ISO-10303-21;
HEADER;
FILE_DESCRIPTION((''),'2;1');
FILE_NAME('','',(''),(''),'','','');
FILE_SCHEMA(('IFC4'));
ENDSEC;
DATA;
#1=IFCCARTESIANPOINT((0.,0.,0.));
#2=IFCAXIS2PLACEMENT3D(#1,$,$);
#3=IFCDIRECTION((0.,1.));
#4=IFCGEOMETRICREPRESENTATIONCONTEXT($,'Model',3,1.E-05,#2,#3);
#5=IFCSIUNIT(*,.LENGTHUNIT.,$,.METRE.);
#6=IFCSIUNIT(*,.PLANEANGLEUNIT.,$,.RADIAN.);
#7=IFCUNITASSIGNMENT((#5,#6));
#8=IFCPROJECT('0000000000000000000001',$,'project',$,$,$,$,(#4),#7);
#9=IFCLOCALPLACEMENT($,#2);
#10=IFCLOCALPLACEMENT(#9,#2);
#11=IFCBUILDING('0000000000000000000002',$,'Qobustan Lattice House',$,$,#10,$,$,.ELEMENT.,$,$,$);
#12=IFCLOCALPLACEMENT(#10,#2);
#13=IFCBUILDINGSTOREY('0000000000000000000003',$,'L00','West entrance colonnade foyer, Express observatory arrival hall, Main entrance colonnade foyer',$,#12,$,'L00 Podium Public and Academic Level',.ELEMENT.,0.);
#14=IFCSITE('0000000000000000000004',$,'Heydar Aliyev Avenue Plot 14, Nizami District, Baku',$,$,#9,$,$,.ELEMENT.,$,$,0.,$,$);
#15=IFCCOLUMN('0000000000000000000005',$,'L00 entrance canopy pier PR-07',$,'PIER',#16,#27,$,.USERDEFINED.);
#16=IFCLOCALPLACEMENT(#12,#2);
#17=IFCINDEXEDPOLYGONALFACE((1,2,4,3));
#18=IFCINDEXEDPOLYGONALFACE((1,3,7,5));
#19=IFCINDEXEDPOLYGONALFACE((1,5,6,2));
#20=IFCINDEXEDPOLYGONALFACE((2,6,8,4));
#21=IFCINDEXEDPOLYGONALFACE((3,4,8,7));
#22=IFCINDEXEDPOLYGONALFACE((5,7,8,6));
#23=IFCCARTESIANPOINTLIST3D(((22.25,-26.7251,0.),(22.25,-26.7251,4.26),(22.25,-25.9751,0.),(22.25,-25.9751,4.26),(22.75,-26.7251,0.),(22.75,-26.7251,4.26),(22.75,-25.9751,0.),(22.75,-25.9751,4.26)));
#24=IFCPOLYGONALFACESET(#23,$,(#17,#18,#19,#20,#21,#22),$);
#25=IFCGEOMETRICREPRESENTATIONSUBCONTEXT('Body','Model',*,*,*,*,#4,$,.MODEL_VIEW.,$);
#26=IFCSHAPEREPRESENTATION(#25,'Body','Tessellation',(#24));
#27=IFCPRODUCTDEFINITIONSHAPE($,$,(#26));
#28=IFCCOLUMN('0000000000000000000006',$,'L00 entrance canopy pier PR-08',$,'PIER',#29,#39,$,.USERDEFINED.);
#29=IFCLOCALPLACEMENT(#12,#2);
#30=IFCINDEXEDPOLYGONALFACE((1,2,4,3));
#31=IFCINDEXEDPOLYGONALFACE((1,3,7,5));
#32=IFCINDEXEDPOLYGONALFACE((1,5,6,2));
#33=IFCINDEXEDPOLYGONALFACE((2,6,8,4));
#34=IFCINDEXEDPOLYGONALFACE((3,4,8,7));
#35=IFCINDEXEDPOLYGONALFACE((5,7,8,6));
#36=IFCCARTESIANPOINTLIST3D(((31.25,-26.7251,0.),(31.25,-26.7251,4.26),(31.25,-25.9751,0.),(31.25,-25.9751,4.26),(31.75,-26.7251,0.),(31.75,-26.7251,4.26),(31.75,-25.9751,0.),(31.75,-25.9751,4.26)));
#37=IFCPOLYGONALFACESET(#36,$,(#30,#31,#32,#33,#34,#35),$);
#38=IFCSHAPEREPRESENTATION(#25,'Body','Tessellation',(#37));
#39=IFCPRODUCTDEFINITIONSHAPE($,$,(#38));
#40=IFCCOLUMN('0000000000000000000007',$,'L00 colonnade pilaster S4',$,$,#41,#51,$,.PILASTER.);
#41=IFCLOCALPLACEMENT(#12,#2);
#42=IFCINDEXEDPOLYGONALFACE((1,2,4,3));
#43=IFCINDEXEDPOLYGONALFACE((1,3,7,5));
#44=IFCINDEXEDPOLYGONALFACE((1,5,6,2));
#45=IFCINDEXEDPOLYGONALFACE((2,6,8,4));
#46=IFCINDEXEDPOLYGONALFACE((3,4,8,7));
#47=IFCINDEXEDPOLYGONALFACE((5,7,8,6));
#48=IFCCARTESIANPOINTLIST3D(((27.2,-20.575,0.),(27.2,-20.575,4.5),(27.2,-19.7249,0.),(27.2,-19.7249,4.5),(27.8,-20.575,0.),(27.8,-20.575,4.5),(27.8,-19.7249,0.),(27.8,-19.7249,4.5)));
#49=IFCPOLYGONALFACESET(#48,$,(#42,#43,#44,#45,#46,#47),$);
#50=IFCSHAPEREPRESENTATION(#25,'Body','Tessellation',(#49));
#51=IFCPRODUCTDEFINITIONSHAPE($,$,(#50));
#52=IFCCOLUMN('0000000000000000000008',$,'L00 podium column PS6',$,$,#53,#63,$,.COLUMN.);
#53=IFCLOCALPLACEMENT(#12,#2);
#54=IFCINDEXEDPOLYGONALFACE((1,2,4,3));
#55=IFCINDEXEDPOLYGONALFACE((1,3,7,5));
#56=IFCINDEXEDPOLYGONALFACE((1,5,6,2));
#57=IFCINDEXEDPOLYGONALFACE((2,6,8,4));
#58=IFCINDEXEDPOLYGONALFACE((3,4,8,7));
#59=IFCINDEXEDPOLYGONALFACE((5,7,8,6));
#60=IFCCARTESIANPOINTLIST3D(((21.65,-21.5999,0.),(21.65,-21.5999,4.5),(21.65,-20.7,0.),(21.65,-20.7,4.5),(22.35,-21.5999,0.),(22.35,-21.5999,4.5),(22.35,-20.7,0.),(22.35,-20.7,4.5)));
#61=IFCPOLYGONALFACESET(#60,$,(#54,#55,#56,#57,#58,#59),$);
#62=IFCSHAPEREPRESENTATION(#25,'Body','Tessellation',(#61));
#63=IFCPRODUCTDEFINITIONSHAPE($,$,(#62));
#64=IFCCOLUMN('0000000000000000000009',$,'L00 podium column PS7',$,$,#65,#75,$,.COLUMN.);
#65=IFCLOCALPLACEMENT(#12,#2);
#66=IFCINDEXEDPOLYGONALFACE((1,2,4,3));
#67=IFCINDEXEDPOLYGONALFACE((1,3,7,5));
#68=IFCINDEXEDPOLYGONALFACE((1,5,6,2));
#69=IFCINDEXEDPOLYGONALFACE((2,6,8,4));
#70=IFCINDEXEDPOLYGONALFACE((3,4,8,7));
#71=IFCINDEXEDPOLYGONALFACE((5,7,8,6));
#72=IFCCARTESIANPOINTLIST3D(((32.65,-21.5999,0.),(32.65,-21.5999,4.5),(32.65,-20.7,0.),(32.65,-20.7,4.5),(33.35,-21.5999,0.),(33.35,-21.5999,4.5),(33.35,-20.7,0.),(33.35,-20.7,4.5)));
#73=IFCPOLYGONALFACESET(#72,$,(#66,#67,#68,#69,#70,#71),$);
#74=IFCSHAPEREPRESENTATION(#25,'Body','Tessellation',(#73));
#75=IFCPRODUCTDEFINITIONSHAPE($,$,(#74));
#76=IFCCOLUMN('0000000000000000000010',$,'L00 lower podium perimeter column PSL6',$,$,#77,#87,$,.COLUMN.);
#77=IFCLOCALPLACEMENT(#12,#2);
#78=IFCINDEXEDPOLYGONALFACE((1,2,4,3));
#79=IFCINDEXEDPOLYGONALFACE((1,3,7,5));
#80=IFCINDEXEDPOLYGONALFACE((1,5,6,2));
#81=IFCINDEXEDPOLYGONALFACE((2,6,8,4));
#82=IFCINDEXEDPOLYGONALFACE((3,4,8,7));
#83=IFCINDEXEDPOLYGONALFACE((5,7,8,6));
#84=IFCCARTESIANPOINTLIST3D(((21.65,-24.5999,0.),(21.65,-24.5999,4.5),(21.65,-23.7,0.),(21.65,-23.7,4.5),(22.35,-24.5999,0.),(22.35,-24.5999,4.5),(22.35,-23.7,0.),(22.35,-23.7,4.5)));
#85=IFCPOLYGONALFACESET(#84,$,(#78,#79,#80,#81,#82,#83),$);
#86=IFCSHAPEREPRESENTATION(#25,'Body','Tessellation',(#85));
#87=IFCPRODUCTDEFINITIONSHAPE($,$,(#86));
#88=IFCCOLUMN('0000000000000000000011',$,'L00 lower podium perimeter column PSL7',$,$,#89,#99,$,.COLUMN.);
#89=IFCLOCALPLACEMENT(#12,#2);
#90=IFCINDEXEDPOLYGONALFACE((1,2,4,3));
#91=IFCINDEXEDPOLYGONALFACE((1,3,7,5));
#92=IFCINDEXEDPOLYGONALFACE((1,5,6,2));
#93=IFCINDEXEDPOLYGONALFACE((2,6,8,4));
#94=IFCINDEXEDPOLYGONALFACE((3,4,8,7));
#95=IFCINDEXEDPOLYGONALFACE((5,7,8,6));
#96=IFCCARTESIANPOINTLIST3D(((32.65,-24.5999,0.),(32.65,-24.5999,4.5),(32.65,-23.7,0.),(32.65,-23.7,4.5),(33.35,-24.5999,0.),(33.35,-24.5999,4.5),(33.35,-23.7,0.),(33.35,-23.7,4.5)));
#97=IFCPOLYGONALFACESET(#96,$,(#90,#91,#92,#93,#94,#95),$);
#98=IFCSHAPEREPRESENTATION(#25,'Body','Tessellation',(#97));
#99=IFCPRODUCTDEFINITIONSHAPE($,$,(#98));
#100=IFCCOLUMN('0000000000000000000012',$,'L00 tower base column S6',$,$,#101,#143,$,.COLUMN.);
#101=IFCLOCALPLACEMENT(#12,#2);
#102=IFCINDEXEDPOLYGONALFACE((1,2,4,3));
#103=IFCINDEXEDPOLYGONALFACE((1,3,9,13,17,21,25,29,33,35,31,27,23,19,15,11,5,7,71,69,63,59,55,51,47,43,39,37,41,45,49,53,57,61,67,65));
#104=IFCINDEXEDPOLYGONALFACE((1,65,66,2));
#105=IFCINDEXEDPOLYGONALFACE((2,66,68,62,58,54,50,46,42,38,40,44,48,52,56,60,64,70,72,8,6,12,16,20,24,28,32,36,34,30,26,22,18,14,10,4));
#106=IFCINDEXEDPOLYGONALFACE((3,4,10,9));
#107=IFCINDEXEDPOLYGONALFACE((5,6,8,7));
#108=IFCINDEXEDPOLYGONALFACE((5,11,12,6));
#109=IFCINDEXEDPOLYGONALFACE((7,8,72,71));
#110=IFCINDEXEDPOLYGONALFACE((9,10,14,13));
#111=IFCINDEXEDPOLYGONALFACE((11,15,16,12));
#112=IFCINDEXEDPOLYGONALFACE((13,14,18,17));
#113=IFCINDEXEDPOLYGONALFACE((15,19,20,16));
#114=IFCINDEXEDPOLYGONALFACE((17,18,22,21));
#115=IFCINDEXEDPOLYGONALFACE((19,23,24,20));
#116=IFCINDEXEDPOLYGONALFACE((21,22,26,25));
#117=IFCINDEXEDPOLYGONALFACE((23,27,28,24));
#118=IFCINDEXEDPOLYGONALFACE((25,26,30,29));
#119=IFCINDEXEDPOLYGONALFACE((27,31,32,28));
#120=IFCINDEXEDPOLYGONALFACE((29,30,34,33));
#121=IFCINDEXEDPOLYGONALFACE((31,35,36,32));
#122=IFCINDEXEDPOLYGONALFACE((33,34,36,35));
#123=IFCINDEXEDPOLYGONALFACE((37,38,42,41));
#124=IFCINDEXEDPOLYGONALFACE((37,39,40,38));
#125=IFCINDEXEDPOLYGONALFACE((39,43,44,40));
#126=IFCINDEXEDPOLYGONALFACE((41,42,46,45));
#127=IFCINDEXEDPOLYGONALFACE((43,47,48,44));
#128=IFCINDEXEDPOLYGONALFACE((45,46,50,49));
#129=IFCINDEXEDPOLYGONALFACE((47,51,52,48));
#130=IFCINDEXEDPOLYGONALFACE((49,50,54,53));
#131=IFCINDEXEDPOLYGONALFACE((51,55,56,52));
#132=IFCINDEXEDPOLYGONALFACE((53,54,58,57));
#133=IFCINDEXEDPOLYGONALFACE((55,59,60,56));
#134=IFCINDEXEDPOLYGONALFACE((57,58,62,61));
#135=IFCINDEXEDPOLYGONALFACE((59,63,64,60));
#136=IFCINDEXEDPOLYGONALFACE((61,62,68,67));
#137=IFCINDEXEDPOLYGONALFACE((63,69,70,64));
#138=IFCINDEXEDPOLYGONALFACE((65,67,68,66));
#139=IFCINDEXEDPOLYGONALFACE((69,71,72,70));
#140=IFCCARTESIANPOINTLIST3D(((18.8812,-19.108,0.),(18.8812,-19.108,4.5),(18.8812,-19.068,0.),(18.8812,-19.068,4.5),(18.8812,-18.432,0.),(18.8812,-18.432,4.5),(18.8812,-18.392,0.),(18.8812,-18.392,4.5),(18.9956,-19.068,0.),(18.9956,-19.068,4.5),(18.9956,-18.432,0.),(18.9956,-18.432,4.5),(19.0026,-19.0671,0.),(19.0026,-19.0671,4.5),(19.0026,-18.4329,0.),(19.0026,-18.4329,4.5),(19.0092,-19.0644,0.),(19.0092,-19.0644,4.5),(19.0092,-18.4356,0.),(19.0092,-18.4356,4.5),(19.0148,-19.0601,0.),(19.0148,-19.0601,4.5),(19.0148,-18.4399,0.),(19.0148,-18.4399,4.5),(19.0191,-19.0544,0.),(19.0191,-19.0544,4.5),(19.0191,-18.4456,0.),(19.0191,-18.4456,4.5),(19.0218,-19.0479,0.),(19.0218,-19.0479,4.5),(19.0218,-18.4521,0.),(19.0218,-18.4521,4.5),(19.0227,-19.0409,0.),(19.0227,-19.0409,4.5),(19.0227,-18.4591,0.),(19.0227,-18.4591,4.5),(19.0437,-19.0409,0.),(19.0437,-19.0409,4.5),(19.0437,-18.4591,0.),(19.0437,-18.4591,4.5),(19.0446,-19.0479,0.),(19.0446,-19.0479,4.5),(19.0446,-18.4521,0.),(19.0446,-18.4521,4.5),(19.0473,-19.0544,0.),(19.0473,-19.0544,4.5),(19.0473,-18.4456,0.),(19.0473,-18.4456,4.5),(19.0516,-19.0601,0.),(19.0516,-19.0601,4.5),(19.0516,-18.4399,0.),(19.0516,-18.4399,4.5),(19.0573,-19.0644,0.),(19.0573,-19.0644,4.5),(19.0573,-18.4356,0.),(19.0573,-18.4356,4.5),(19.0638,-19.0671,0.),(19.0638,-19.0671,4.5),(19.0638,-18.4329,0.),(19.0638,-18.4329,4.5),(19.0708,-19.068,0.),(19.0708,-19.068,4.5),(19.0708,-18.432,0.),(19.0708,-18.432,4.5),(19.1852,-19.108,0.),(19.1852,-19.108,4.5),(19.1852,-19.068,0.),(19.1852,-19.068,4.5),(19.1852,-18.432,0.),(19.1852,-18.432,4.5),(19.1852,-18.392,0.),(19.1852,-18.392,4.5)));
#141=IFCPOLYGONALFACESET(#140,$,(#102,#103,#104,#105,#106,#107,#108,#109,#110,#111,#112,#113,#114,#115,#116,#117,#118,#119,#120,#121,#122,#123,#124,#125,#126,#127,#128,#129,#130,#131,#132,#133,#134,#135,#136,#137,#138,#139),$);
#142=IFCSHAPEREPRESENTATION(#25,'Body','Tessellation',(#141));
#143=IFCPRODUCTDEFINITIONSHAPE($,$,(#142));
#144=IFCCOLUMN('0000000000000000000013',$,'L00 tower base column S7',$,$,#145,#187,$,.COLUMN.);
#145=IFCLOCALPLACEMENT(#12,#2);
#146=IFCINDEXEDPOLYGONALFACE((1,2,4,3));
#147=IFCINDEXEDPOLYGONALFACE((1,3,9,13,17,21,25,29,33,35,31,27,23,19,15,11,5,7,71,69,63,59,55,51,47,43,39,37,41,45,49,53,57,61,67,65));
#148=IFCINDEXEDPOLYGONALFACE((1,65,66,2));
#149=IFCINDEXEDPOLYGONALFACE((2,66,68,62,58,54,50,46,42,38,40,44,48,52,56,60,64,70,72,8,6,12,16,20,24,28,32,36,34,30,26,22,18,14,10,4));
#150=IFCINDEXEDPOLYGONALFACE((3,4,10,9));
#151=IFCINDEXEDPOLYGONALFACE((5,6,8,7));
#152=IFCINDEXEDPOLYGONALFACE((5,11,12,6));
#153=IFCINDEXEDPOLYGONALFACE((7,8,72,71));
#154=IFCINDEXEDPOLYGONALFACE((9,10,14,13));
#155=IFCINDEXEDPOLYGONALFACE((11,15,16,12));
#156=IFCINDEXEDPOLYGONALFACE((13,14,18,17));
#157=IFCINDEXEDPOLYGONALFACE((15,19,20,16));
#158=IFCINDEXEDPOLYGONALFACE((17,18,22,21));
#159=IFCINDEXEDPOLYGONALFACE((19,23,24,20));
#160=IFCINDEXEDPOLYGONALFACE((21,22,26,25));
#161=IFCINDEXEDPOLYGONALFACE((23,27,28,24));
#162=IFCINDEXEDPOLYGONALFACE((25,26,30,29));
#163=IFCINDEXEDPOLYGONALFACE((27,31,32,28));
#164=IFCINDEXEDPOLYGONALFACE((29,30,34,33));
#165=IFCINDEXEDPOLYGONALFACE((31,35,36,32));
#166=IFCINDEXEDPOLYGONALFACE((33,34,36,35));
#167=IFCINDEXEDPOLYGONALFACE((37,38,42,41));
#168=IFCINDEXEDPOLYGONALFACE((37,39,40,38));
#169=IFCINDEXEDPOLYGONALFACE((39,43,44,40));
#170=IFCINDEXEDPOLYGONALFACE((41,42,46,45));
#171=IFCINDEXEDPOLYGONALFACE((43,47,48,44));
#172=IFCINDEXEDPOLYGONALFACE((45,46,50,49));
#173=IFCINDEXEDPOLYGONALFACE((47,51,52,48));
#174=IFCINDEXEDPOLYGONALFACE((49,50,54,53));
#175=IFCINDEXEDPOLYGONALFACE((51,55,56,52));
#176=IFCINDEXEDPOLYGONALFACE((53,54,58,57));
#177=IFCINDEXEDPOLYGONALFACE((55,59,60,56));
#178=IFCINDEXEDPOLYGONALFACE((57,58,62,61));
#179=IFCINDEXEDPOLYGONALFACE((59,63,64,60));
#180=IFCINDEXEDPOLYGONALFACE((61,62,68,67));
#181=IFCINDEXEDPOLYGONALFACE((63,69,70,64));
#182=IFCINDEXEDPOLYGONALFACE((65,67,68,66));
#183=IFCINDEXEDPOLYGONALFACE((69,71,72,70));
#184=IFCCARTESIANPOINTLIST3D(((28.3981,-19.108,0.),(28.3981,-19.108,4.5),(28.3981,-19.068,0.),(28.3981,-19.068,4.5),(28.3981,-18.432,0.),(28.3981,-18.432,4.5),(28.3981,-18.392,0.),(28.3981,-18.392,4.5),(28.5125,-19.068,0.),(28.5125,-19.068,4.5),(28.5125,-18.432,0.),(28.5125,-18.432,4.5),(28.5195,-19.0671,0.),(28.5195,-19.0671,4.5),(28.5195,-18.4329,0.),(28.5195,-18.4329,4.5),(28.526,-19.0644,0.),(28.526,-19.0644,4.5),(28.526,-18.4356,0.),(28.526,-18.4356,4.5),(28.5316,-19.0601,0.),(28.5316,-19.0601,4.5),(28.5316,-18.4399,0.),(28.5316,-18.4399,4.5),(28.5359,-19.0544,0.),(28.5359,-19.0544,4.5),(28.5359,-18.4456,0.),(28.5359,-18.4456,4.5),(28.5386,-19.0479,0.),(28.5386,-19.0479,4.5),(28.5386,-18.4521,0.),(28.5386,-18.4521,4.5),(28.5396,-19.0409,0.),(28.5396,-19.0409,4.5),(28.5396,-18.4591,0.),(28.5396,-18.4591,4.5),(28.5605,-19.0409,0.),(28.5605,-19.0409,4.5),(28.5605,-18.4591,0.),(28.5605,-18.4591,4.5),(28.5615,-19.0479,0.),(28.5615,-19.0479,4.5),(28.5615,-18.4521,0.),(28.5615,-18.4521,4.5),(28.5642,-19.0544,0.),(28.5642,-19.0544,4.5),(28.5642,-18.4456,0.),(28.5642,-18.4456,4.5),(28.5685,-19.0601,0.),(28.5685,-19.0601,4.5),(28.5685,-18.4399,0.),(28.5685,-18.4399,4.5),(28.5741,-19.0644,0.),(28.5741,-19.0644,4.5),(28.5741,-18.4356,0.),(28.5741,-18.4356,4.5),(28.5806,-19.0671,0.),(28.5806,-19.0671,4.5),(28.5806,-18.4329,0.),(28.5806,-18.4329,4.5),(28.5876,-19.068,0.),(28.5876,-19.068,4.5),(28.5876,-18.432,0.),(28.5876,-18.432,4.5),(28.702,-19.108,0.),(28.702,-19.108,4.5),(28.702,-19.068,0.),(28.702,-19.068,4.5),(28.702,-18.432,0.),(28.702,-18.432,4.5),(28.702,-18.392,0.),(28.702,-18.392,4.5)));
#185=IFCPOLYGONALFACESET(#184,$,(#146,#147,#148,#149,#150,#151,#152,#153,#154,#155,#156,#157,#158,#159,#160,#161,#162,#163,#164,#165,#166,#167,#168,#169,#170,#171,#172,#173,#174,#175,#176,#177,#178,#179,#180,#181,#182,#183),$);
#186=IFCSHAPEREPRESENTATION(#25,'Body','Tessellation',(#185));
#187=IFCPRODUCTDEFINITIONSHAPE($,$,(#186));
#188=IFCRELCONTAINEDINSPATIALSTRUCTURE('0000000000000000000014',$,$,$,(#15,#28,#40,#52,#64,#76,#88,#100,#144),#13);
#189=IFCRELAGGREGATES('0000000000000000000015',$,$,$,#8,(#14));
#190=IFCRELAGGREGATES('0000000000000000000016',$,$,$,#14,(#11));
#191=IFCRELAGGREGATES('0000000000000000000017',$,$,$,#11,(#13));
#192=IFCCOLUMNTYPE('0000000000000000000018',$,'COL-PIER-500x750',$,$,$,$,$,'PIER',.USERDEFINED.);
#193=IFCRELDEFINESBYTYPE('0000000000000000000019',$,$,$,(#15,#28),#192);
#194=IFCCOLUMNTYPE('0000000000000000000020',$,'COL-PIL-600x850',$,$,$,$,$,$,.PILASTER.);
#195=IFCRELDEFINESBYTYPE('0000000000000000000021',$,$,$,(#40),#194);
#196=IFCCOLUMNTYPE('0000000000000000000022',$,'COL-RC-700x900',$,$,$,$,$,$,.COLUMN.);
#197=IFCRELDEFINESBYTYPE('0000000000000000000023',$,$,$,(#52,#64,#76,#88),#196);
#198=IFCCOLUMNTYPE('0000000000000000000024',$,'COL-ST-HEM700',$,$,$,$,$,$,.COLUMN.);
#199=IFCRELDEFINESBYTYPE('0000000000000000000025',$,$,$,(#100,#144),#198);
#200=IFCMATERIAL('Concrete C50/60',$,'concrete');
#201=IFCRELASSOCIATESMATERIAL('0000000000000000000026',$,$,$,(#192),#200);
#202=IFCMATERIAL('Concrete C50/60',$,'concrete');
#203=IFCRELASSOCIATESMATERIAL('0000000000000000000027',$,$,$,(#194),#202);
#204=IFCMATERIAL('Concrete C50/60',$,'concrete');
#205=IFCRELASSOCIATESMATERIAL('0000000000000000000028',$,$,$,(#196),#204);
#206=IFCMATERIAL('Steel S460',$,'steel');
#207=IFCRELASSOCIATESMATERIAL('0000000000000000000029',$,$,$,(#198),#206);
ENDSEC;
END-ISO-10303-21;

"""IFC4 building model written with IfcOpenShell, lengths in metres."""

from ifc_helpers import new_model, si_unit, direction, frame, origin, origin_2d, place, context, subcontext, project, spatial, rectangle, i_section, extrude, material, material_profile, profile_set, type_object, element, save


model = new_model("IFC4")

# Units and contexts
model_context = context("Model", 3, precision=1e-05, world=origin(), true_north=direction((0.0, 1.0)))
body_context = subcontext(model_context, "Body", "Model", "MODEL_VIEW")
ifc_project = project(units=[si_unit("LENGTHUNIT", "METRE"), si_unit("PLANEANGLEUNIT", "RADIAN")], contexts=[model_context])

# Site, building, storey
site_placement = place(None, origin())
site = spatial("IfcSite", under=ifc_project, at=site_placement, Name="Heydar Aliyev Avenue Plot 14, Nizami District, Baku", CompositionType="ELEMENT", RefElevation=0.0)
building_placement = place(site_placement, origin())
building = spatial("IfcBuilding", under=site, at=building_placement, Name="Qobustan Lattice House", CompositionType="ELEMENT")
storey_placement = place(building_placement, origin())
storey = spatial("IfcBuildingStorey", under=building, at=storey_placement, Name="L00", Description="West entrance colonnade foyer, Express observatory arrival hall, Main entrance colonnade foyer", LongName="L00 Podium Public and Academic Level", CompositionType="ELEMENT", Elevation=0.0)

# Columns
ifc_material_1 = material(Name="Concrete C50/60", Category="concrete")
ifc_material_profile_1 = material_profile(ifc_material_1, rectangle(XDim=0.5, YDim=0.75, at=origin_2d()), Name="RC500x750")
ifc_profile_set_1 = profile_set([ifc_material_profile_1], Name="Concrete C50/60")
column_type_1 = type_object("IfcColumnType", Name="COL-PIER-500x750", ElementType="PIER", PredefinedType="USERDEFINED", material=ifc_profile_set_1)
for number, where, z_axis, x_axis, name in (
    (1, (22.5, -26.3501, 0.0), (0.0, 0.0, 1.0), (1.0, 0.0, 0.0), "L00 entrance canopy pier PR-07"),
    (2, (31.5, -26.3501, 0.0), (0.0, 0.0, 1.0), (1.0, 0.0, 0.0), "L00 entrance canopy pier PR-08"),
):
    element("IfcColumn", number, at=place(storey_placement, frame(where, z_axis=z_axis, x_axis=x_axis)), inside=storey, type_object=column_type_1, Name=name, ObjectType="PIER", PredefinedType="USERDEFINED", context=body_context, shape_type="SweptSolid", body=[
        extrude(rectangle(XDim=0.5, YDim=0.75, at=origin_2d()), origin(), (0.0, 0.0, 1.0), 4.26),
    ])
ifc_material_2 = material(Name="Concrete C50/60", Category="concrete")
ifc_material_profile_2 = material_profile(ifc_material_2, rectangle(XDim=0.6001, YDim=0.8501, at=origin_2d()), Name="RC600x850")
ifc_profile_set_2 = profile_set([ifc_material_profile_2], Name="Concrete C50/60")
column_type_2 = type_object("IfcColumnType", Name="COL-PIL-600x850", PredefinedType="PILASTER", material=ifc_profile_set_2)
column_placement = place(storey_placement, frame((27.5, -20.1499, 0.0), z_axis=(0.0, 0.0, 1.0), x_axis=(1.0, 0.0, 0.0)))
element("IfcColumn", 3, at=column_placement, inside=storey, type_object=column_type_2, Name="L00 colonnade pilaster S4", PredefinedType="PILASTER", context=body_context, shape_type="SweptSolid", body=[
    extrude(rectangle(XDim=0.6001, YDim=0.8501, at=origin_2d()), origin(), (0.0, 0.0, 1.0), 4.5),
])
ifc_material_3 = material(Name="Concrete C50/60", Category="concrete")
ifc_material_profile_3 = material_profile(ifc_material_3, rectangle(XDim=0.7, YDim=0.8999, at=origin_2d()), Name="RC700x900")
ifc_profile_set_3 = profile_set([ifc_material_profile_3], Name="Concrete C50/60")
column_type_3 = type_object("IfcColumnType", Name="COL-RC-700x900", PredefinedType="COLUMN", material=ifc_profile_set_3)
for number, where, z_axis, x_axis, name in (
    (4, (22.0, -21.1499, 0.0), (0.0, 0.0, 1.0), (1.0, 0.0, 0.0), "L00 podium column PS6"),
    (5, (33.0, -21.1499, 0.0), (0.0, 0.0, 1.0), (1.0, 0.0, 0.0), "L00 podium column PS7"),
    (6, (22.0, -24.1499, 0.0), (0.0, 0.0, 1.0), (1.0, 0.0, 0.0), "L00 lower podium perimeter column PSL6"),
    (7, (33.0, -24.1499, 0.0), (0.0, 0.0, 1.0), (1.0, 0.0, 0.0), "L00 lower podium perimeter column PSL7"),
):
    element("IfcColumn", number, at=place(storey_placement, frame(where, z_axis=z_axis, x_axis=x_axis)), inside=storey, type_object=column_type_3, Name=name, PredefinedType="COLUMN", context=body_context, shape_type="SweptSolid", body=[
        extrude(rectangle(XDim=0.7, YDim=0.8999, at=origin_2d()), origin(), (0.0, 0.0, 1.0), 4.5),
    ])
ifc_material_4 = material(Name="Steel S460", Category="steel")
ifc_material_profile_4 = material_profile(ifc_material_4, i_section(OverallWidth=0.304, OverallDepth=0.7161, WebThickness=0.021, FlangeThickness=0.04, FilletRadius=0.0271, at=origin_2d()), Name="HEM700")
ifc_profile_set_4 = profile_set([ifc_material_profile_4], Name="Steel S460")
column_type_4 = type_object("IfcColumnType", Name="COL-ST-HEM700", PredefinedType="COLUMN", material=ifc_profile_set_4)
for number, where, z_axis, x_axis, name in (
    (8, (19.0332, -18.75, 0.0), (0.0, 0.0, 1.0), (1.0, 0.0, 0.0), "L00 tower base column S6"),
    (9, (28.55, -18.75, 0.0), (0.0, 0.0, 1.0), (1.0, 0.0, 0.0), "L00 tower base column S7"),
):
    element("IfcColumn", number, at=place(storey_placement, frame(where, z_axis=z_axis, x_axis=x_axis)), inside=storey, type_object=column_type_4, Name=name, PredefinedType="COLUMN", context=body_context, shape_type="SweptSolid", body=[
        extrude(i_section(OverallWidth=0.304, OverallDepth=0.7161, WebThickness=0.021, FlangeThickness=0.04, FilletRadius=0.0271, at=origin_2d()), origin(), (0.0, 0.0, 1.0), 4.5),
    ])

save(model, "model.ifc")
